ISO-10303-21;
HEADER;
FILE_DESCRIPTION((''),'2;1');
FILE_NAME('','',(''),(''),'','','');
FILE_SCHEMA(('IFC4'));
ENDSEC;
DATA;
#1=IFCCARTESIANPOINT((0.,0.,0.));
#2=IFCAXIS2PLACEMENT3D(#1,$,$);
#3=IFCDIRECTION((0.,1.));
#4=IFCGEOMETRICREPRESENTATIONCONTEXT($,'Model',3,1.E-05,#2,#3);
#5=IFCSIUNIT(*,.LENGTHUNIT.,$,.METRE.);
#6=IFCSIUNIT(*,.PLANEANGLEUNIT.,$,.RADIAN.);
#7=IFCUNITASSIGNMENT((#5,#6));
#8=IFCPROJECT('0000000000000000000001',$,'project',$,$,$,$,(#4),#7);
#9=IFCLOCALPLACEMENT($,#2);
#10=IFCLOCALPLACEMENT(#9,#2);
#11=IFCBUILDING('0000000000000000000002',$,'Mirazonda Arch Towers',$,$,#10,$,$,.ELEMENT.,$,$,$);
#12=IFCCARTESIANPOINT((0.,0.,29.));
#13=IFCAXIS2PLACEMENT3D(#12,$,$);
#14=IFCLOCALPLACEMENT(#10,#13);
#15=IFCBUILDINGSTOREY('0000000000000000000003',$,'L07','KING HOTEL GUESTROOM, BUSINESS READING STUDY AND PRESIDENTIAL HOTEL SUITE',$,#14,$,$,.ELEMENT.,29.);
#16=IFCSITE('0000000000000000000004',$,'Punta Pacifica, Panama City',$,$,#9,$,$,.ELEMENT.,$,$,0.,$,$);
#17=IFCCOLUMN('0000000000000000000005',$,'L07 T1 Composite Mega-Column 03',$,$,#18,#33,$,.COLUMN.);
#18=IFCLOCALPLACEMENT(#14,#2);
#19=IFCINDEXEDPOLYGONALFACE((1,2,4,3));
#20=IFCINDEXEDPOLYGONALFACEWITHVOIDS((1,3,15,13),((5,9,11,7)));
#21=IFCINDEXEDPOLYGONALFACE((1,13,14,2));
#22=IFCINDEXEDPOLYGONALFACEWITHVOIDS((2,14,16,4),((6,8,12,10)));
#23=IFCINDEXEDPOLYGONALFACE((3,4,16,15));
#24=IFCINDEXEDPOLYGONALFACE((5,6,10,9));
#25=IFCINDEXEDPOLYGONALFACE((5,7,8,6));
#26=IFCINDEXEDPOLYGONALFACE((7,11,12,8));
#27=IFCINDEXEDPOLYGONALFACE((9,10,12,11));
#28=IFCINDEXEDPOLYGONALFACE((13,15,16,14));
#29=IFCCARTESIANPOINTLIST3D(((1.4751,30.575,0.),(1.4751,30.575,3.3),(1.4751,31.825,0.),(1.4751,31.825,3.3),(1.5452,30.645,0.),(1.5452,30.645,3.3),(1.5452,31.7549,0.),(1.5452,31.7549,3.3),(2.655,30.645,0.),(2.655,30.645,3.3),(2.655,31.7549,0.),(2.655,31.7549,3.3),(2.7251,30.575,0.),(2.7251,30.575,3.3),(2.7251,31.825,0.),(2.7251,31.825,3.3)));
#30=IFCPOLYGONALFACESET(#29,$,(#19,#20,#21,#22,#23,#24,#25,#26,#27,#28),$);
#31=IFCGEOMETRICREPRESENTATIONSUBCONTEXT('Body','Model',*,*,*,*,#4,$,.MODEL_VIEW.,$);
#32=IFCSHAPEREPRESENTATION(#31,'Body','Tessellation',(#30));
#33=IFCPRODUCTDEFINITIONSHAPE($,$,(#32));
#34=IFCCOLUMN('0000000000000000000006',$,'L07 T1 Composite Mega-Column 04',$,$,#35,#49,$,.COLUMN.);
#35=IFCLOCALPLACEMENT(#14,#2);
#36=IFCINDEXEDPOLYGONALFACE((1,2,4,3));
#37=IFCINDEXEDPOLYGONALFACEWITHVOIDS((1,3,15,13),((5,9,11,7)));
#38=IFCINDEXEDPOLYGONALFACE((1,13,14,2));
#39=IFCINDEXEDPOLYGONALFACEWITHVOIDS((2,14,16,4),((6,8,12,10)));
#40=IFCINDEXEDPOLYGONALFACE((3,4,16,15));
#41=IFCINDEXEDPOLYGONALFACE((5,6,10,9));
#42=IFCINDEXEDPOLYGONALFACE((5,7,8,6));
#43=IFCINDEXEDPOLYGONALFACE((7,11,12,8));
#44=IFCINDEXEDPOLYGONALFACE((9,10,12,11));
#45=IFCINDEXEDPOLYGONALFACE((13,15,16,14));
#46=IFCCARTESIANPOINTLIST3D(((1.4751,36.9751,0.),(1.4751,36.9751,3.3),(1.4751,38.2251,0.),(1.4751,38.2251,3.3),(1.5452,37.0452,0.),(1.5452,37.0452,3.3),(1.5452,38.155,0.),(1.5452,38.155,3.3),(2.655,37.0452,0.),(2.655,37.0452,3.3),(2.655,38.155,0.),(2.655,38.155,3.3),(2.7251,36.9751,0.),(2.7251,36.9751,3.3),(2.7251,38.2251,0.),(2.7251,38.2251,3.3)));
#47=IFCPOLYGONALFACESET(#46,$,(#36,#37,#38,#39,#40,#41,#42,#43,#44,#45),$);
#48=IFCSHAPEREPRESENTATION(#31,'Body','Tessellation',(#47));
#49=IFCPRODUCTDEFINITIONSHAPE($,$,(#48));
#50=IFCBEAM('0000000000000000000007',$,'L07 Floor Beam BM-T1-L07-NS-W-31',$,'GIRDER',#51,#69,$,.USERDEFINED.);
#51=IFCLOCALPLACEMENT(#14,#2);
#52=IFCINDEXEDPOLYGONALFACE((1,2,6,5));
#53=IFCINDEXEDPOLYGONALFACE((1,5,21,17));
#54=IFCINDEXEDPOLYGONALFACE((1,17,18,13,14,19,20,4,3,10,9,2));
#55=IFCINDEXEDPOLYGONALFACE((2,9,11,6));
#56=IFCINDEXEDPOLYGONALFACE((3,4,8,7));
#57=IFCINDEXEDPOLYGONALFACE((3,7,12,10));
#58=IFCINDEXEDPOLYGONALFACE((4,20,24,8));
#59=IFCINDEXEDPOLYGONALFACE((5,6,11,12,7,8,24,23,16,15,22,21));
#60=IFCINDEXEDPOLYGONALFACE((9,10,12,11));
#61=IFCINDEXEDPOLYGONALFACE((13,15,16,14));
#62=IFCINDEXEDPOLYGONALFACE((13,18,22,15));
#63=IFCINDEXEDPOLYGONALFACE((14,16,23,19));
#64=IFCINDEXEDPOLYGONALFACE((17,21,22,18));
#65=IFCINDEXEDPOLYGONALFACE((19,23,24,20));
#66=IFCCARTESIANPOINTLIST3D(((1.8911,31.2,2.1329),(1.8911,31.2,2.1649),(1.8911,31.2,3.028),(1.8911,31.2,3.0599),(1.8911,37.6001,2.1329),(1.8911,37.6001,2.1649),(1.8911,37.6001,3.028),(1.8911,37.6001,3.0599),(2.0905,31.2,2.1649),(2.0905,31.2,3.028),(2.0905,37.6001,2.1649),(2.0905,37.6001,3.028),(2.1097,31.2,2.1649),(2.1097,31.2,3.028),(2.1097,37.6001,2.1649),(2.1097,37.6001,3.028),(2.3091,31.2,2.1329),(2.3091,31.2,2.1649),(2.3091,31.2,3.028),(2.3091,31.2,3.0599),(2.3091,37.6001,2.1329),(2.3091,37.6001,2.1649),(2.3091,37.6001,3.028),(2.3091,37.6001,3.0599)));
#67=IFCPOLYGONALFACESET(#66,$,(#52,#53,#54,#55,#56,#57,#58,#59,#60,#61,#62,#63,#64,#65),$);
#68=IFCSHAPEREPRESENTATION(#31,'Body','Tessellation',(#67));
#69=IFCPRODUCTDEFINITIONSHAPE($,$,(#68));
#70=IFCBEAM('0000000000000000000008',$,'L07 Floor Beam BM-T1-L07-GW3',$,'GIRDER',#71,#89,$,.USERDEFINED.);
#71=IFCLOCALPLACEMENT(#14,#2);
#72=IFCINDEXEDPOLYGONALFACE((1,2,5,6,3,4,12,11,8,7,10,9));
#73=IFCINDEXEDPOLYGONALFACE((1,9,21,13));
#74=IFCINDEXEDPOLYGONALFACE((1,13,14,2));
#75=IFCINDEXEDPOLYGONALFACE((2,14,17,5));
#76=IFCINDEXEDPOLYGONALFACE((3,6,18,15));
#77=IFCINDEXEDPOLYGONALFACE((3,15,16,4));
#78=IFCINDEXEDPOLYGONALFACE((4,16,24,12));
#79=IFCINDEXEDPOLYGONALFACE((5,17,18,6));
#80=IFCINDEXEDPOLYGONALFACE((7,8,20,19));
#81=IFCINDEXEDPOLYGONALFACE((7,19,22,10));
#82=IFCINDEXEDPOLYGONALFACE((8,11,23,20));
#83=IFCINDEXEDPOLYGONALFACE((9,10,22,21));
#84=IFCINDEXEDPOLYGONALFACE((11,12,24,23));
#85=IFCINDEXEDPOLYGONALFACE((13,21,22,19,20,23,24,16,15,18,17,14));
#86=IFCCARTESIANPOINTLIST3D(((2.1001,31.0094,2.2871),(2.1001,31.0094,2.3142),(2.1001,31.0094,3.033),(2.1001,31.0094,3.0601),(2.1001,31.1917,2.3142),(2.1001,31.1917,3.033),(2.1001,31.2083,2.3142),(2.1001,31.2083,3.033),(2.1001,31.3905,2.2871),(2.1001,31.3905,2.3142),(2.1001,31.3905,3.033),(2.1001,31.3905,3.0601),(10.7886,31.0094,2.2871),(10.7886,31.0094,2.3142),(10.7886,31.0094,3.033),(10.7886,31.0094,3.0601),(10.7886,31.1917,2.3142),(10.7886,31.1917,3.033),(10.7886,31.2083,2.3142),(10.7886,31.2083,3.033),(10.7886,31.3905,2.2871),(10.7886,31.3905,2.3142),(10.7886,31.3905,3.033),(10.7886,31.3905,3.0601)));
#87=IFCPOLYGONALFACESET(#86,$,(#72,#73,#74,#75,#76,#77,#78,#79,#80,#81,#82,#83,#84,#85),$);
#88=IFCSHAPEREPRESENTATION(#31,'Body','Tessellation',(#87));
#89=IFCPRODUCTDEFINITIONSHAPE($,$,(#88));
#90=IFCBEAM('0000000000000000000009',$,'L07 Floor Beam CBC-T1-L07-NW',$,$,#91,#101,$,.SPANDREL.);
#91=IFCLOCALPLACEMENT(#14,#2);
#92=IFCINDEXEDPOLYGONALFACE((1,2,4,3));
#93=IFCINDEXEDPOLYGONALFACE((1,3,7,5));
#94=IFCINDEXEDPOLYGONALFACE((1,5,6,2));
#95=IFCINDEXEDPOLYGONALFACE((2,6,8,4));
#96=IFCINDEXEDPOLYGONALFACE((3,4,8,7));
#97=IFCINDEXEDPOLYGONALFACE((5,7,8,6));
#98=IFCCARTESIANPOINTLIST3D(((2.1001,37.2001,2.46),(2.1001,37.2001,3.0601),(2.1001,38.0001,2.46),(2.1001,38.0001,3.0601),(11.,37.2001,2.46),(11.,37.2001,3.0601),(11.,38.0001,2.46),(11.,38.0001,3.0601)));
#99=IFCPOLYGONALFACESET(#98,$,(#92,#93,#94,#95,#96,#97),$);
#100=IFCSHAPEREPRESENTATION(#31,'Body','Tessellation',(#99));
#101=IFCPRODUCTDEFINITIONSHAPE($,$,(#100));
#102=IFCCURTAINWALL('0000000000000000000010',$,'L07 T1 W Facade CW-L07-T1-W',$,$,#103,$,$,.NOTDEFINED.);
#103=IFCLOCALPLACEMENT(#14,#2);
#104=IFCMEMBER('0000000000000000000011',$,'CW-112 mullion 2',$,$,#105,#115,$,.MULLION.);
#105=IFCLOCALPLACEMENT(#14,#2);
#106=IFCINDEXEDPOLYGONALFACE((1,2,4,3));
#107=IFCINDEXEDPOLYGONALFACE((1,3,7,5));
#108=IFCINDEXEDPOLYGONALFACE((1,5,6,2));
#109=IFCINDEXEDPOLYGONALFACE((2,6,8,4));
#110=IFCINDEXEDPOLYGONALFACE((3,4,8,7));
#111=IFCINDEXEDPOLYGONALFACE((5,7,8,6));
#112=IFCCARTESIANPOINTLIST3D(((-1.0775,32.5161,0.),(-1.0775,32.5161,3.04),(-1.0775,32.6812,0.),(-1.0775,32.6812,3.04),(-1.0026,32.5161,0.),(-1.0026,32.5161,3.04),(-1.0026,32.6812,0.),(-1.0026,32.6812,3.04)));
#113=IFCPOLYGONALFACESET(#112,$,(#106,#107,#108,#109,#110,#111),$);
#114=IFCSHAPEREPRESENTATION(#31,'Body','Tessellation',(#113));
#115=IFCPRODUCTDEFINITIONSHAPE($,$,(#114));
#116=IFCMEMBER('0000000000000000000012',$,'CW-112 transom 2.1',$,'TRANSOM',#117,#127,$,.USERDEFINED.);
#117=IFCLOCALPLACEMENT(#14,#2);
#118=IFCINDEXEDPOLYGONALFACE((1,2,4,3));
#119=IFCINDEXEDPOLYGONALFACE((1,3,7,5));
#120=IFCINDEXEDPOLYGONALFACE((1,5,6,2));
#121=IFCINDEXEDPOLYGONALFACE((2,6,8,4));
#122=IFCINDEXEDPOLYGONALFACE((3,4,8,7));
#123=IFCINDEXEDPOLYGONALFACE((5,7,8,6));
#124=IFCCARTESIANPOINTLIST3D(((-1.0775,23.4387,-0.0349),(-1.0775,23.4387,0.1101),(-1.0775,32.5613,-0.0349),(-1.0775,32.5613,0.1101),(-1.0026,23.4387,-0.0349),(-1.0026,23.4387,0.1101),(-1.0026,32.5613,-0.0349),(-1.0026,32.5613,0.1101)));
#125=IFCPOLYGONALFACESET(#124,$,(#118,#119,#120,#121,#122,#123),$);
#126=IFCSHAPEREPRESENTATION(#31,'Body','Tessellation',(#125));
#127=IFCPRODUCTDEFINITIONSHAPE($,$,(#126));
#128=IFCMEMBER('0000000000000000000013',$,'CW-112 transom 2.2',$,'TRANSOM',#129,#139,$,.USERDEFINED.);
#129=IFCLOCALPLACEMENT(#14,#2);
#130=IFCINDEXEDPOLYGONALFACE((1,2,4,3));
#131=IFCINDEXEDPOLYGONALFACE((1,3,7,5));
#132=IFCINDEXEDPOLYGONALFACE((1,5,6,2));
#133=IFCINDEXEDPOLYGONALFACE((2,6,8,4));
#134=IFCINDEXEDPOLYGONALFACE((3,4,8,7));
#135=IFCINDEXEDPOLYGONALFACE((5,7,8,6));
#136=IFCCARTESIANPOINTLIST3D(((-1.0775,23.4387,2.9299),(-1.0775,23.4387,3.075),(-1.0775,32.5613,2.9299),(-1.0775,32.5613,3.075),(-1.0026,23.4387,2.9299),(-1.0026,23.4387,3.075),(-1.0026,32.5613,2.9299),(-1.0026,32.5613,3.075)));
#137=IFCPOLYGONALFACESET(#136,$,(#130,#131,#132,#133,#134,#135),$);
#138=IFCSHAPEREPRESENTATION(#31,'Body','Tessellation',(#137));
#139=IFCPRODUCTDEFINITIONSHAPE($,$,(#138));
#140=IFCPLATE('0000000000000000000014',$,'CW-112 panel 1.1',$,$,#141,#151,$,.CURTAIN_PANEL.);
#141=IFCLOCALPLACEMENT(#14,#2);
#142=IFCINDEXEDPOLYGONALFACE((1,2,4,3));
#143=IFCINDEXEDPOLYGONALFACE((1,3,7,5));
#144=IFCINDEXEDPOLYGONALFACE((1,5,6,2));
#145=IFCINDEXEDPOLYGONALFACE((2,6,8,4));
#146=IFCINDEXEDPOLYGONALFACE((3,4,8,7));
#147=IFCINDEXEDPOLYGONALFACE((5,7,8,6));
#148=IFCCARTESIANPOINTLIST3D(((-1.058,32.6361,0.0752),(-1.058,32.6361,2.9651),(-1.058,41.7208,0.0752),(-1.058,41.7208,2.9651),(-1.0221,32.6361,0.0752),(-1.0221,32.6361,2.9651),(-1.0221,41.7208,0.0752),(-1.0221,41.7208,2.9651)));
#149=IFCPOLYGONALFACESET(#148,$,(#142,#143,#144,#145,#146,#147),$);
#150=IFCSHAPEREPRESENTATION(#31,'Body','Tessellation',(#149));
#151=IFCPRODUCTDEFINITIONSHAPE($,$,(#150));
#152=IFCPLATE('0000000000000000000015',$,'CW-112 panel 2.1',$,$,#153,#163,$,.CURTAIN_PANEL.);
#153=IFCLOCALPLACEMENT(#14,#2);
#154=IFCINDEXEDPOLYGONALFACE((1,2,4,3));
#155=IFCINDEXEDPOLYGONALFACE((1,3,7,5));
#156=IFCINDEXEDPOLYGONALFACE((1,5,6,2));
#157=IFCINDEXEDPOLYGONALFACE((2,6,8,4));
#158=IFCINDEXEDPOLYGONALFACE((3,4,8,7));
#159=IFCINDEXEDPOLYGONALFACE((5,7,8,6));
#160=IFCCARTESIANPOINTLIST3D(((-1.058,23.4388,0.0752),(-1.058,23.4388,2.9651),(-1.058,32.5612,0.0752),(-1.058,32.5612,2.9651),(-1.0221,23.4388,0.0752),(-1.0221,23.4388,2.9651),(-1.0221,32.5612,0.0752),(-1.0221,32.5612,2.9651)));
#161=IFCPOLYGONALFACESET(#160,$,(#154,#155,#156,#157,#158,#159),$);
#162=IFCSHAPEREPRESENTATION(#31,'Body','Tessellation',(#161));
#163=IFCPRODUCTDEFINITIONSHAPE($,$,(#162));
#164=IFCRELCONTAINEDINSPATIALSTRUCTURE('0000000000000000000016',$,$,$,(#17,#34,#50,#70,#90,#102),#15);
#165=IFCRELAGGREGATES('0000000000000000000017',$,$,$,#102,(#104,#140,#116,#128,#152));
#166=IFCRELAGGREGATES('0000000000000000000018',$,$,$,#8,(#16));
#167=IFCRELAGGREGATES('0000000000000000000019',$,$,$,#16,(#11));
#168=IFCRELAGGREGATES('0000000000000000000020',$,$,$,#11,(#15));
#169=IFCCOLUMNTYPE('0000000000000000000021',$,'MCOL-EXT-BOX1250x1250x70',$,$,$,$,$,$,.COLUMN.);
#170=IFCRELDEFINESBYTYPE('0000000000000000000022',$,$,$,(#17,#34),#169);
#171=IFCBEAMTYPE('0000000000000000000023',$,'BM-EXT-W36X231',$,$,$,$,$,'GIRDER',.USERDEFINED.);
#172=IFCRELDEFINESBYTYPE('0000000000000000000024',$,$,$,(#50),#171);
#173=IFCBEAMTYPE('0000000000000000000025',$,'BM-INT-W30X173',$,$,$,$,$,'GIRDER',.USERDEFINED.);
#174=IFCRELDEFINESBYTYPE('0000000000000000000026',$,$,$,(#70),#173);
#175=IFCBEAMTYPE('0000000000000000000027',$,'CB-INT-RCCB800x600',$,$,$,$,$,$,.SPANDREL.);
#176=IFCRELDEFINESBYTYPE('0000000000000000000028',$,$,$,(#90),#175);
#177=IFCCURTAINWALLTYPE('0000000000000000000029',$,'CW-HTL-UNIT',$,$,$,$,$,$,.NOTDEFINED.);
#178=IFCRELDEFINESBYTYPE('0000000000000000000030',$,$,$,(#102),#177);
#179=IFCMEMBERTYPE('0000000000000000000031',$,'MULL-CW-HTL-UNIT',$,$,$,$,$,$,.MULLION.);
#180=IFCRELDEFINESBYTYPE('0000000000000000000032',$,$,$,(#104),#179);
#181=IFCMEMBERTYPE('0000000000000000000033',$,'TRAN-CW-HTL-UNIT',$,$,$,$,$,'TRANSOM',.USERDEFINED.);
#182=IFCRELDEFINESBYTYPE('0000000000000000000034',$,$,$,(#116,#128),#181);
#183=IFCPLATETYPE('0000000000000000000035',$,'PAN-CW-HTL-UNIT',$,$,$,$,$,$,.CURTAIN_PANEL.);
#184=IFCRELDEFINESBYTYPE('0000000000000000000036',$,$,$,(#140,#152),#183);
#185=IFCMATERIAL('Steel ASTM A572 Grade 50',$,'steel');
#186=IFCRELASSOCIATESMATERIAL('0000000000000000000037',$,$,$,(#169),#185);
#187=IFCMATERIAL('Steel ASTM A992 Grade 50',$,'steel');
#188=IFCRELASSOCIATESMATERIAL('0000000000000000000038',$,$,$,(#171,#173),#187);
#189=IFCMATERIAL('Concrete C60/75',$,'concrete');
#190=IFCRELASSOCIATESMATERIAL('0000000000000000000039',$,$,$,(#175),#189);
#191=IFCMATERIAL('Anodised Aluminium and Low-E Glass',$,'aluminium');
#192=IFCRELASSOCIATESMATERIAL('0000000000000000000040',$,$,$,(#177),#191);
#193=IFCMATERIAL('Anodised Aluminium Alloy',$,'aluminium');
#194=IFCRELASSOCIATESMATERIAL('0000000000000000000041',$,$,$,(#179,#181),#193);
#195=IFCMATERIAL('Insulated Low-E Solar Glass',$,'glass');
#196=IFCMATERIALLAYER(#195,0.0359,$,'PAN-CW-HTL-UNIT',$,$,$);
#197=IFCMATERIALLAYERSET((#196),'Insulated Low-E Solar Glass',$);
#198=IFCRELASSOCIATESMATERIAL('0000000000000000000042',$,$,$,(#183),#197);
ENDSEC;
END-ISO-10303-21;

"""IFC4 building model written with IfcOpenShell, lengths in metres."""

from ifc_helpers import new_model, si_unit, direction, frame, origin, origin_2d, place, context, subcontext, project, spatial, rectangle, hollow_rectangle, i_section, extrude, material, layer, layer_set, material_profile, profile_set, type_object, element, aggregate, save


model = new_model("IFC4")

# Units and contexts
model_context = context("Model", 3, precision=1e-05, world=origin(), true_north=direction((0.0, 1.0)))
body_context = subcontext(model_context, "Body", "Model", "MODEL_VIEW")
ifc_project = project(units=[si_unit("LENGTHUNIT", "METRE"), si_unit("PLANEANGLEUNIT", "RADIAN")], contexts=[model_context])

# Site, building, storey
site_placement = place(None, origin())
site = spatial("IfcSite", under=ifc_project, at=site_placement, Name="Punta Pacifica, Panama City", CompositionType="ELEMENT", RefElevation=0.0)
building_placement = place(site_placement, origin())
building = spatial("IfcBuilding", under=site, at=building_placement, Name="Mirazonda Arch Towers", CompositionType="ELEMENT")
storey_placement = place(building_placement, frame((0.0, 0.0, 29.0)))
storey = spatial("IfcBuildingStorey", under=building, at=storey_placement, Name="L07", Description="KING HOTEL GUESTROOM, BUSINESS READING STUDY AND PRESIDENTIAL HOTEL SUITE", CompositionType="ELEMENT", Elevation=29.0)

# Columns
ifc_material_1 = material(Name="Steel ASTM A572 Grade 50", Category="steel")
ifc_material_profile_1 = material_profile(ifc_material_1, hollow_rectangle(XDim=1.25, YDim=1.25, WallThickness=0.0701, at=origin_2d()), Name="BOX1250x1250x70")
ifc_profile_set_1 = profile_set([ifc_material_profile_1], Name="Steel ASTM A572 Grade 50")
column_type = type_object("IfcColumnType", Name="MCOL-EXT-BOX1250x1250x70", PredefinedType="COLUMN", material=ifc_profile_set_1)
for number, where, z_axis, x_axis, name in (
    (1, (2.1001, 31.2, 0.0), (0.0, 0.0, 1.0), (1.0, 0.0, 0.0), "L07 T1 Composite Mega-Column 03"),
    (2, (2.1001, 37.6001, 0.0), (0.0, 0.0, 1.0), (1.0, 0.0, 0.0), "L07 T1 Composite Mega-Column 04"),
):
    element("IfcColumn", number, at=place(storey_placement, frame(where, z_axis=z_axis, x_axis=x_axis)), inside=storey, type_object=column_type, Name=name, PredefinedType="COLUMN", context=body_context, shape_type="SweptSolid", body=[
        extrude(hollow_rectangle(XDim=1.25, YDim=1.25, WallThickness=0.0701, at=origin_2d()), origin(), (0.0, 0.0, 1.0), 3.3),
    ])

# Beams
ifc_material_2 = material(Name="Steel ASTM A992 Grade 50", Category="steel")
ifc_material_profile_2 = material_profile(ifc_material_2, i_section(OverallWidth=0.418, OverallDepth=0.927, WebThickness=0.0193, FlangeThickness=0.032, at=origin_2d()), Name="W36X231")
ifc_profile_set_2 = profile_set([ifc_material_profile_2], Name="Steel ASTM A992 Grade 50")
beam_type_1 = type_object("IfcBeamType", Name="BM-EXT-W36X231", ElementType="GIRDER", PredefinedType="USERDEFINED", material=ifc_profile_set_2)
beam_1_placement = place(storey_placement, frame((2.1001, 31.2, 2.5964), z_axis=(0.0, 1.0, 0.0), x_axis=(-1.0, 0.0, 0.0)))
element("IfcBeam", 3, at=beam_1_placement, inside=storey, type_object=beam_type_1, Name="L07 Floor Beam BM-T1-L07-NS-W-31", ObjectType="GIRDER", PredefinedType="USERDEFINED", context=body_context, shape_type="SweptSolid", body=[
    extrude(i_section(OverallWidth=0.418, OverallDepth=0.927, WebThickness=0.0193, FlangeThickness=0.032, at=origin_2d()), origin(), (0.0, 0.0, 1.0), 6.4001),
])
ifc_material_profile_3 = material_profile(ifc_material_2, i_section(OverallWidth=0.3811, OverallDepth=0.7729, WebThickness=0.0166, FlangeThickness=0.0271, at=origin_2d()), Name="W30X173")
ifc_profile_set_3 = profile_set([ifc_material_profile_3], Name="Steel ASTM A992 Grade 50")
beam_type_2 = type_object("IfcBeamType", Name="BM-INT-W30X173", ElementType="GIRDER", PredefinedType="USERDEFINED", material=ifc_profile_set_3)
beam_2_placement = place(storey_placement, frame((2.1001, 31.2, 2.6736), z_axis=(1.0, 0.0, 0.0), x_axis=(0.0, 1.0, 0.0)))
element("IfcBeam", 4, at=beam_2_placement, inside=storey, type_object=beam_type_2, Name="L07 Floor Beam BM-T1-L07-GW3", ObjectType="GIRDER", PredefinedType="USERDEFINED", context=body_context, shape_type="SweptSolid", body=[
    extrude(i_section(OverallWidth=0.3811, OverallDepth=0.7729, WebThickness=0.0166, FlangeThickness=0.0271, at=origin_2d()), origin(), (0.0, 0.0, 1.0), 8.6885),
])
ifc_material_3 = material(Name="Concrete C60/75", Category="concrete")
ifc_material_profile_4 = material_profile(ifc_material_3, rectangle(XDim=0.8, YDim=0.6001, at=origin_2d()), Name="RCCB800x600")
ifc_profile_set_4 = profile_set([ifc_material_profile_4], Name="Concrete C60/75")
beam_type_3 = type_object("IfcBeamType", Name="CB-INT-RCCB800x600", PredefinedType="SPANDREL", material=ifc_profile_set_4)
beam_3_placement = place(storey_placement, frame((2.1001, 37.6001, 2.76), z_axis=(1.0, 0.0, 0.0), x_axis=(0.0, 1.0, 0.0)))
element("IfcBeam", 5, at=beam_3_placement, inside=storey, type_object=beam_type_3, Name="L07 Floor Beam CBC-T1-L07-NW", PredefinedType="SPANDREL", context=body_context, shape_type="SweptSolid", body=[
    extrude(rectangle(XDim=0.8, YDim=0.6001, at=origin_2d()), origin(), (0.0, 0.0, 1.0), 8.8999),
])

# Curtain wall, members, plates
ifc_material_4 = material(Name="Anodised Aluminium and Low-E Glass", Category="aluminium")
curtain_wall_type = type_object("IfcCurtainWallType", Name="CW-HTL-UNIT", PredefinedType="NOTDEFINED", material=ifc_material_4)
curtain_wall_placement = place(storey_placement, origin())
curtain_wall = element("IfcCurtainWall", 6, at=curtain_wall_placement, inside=storey, type_object=curtain_wall_type, Name="L07 T1 W Facade CW-L07-T1-W", PredefinedType="NOTDEFINED")
ifc_material_5 = material(Name="Anodised Aluminium Alloy", Category="aluminium")
ifc_material_profile_5 = material_profile(ifc_material_5, rectangle(XDim=0.075, YDim=0.165, at=origin_2d()), Name="ALU-MULL-75x165")
ifc_profile_set_5 = profile_set([ifc_material_profile_5], Name="Anodised Aluminium Alloy")
member_type_1 = type_object("IfcMemberType", Name="MULL-CW-HTL-UNIT", PredefinedType="MULLION", material=ifc_profile_set_5)
member_1_placement = place(storey_placement, frame((-1.04, 32.5986, 0.0), z_axis=(0.0, 0.0, 1.0), x_axis=(1.0, 0.0, 0.0)))
member_1 = element("IfcMember", 7, at=member_1_placement, type_object=member_type_1, Name="CW-112 mullion 2", PredefinedType="MULLION", context=body_context, shape_type="SweptSolid", body=[
    extrude(rectangle(XDim=0.075, YDim=0.165, at=origin_2d()), origin(), (0.0, 0.0, 1.0), 3.04),
])
ifc_material_profile_6 = material_profile(ifc_material_5, rectangle(XDim=0.075, YDim=0.145, at=origin_2d()), Name="ALU-TRAN-75x145")
ifc_profile_set_6 = profile_set([ifc_material_profile_6], Name="Anodised Aluminium Alloy")
member_type_2 = type_object("IfcMemberType", Name="TRAN-CW-HTL-UNIT", ElementType="TRANSOM", PredefinedType="USERDEFINED", material=ifc_profile_set_6)
member_2_placement = place(storey_placement, frame((-1.04, 32.5613, 0.0376), z_axis=(0.0, -1.0, 0.0), x_axis=(1.0, 0.0, 0.0)))
member_2 = element("IfcMember", 8, at=member_2_placement, type_object=member_type_2, Name="CW-112 transom 2.1", ObjectType="TRANSOM", PredefinedType="USERDEFINED", context=body_context, shape_type="SweptSolid", body=[
    extrude(rectangle(XDim=0.075, YDim=0.145, at=origin_2d()), origin(), (0.0, 0.0, 1.0), 9.1226),
])
member_3_placement = place(storey_placement, frame((-1.04, 32.5613, 3.0024), z_axis=(0.0, -1.0, 0.0), x_axis=(1.0, 0.0, 0.0)))
member_3 = element("IfcMember", 9, at=member_3_placement, type_object=member_type_2, Name="CW-112 transom 2.2", ObjectType="TRANSOM", PredefinedType="USERDEFINED", context=body_context, shape_type="SweptSolid", body=[
    extrude(rectangle(XDim=0.075, YDim=0.145, at=origin_2d()), origin(), (0.0, 0.0, 1.0), 9.1226),
])
ifc_material_6 = material(Name="Insulated Low-E Solar Glass", Category="glass")
ifc_layer_1 = layer(ifc_material_6, 0.0359, Name="PAN-CW-HTL-UNIT")
ifc_layer_set_1 = layer_set([ifc_layer_1], Name="Insulated Low-E Solar Glass")
plate_type = type_object("IfcPlateType", Name="PAN-CW-HTL-UNIT", PredefinedType="CURTAIN_PANEL", material=ifc_layer_set_1)
plate_1_placement = place(storey_placement, frame((-1.04, 37.1785, 0.0752), z_axis=(0.0, 0.0, 1.0), x_axis=(0.0, -1.0, 0.0)))
plate_1 = element("IfcPlate", 10, at=plate_1_placement, type_object=plate_type, Name="CW-112 panel 1.1", PredefinedType="CURTAIN_PANEL", context=body_context, shape_type="SweptSolid", body=[
    extrude(rectangle(XDim=9.0847, YDim=0.0359, at=origin_2d()), origin(), (0.0, 0.0, 1.0), 2.8899),
])
plate_2_placement = place(storey_placement, frame((-1.04, 28.0, 0.0752), z_axis=(0.0, 0.0, 1.0), x_axis=(0.0, -1.0, 0.0)))
plate_2 = element("IfcPlate", 11, at=plate_2_placement, type_object=plate_type, Name="CW-112 panel 2.1", PredefinedType="CURTAIN_PANEL", context=body_context, shape_type="SweptSolid", body=[
    extrude(rectangle(XDim=9.1223, YDim=0.0359, at=origin_2d()), origin(), (0.0, 0.0, 1.0), 2.8899),
])
aggregate(curtain_wall, [member_1, plate_1, member_2, member_3, plate_2])

save(model, "model.ifc")
